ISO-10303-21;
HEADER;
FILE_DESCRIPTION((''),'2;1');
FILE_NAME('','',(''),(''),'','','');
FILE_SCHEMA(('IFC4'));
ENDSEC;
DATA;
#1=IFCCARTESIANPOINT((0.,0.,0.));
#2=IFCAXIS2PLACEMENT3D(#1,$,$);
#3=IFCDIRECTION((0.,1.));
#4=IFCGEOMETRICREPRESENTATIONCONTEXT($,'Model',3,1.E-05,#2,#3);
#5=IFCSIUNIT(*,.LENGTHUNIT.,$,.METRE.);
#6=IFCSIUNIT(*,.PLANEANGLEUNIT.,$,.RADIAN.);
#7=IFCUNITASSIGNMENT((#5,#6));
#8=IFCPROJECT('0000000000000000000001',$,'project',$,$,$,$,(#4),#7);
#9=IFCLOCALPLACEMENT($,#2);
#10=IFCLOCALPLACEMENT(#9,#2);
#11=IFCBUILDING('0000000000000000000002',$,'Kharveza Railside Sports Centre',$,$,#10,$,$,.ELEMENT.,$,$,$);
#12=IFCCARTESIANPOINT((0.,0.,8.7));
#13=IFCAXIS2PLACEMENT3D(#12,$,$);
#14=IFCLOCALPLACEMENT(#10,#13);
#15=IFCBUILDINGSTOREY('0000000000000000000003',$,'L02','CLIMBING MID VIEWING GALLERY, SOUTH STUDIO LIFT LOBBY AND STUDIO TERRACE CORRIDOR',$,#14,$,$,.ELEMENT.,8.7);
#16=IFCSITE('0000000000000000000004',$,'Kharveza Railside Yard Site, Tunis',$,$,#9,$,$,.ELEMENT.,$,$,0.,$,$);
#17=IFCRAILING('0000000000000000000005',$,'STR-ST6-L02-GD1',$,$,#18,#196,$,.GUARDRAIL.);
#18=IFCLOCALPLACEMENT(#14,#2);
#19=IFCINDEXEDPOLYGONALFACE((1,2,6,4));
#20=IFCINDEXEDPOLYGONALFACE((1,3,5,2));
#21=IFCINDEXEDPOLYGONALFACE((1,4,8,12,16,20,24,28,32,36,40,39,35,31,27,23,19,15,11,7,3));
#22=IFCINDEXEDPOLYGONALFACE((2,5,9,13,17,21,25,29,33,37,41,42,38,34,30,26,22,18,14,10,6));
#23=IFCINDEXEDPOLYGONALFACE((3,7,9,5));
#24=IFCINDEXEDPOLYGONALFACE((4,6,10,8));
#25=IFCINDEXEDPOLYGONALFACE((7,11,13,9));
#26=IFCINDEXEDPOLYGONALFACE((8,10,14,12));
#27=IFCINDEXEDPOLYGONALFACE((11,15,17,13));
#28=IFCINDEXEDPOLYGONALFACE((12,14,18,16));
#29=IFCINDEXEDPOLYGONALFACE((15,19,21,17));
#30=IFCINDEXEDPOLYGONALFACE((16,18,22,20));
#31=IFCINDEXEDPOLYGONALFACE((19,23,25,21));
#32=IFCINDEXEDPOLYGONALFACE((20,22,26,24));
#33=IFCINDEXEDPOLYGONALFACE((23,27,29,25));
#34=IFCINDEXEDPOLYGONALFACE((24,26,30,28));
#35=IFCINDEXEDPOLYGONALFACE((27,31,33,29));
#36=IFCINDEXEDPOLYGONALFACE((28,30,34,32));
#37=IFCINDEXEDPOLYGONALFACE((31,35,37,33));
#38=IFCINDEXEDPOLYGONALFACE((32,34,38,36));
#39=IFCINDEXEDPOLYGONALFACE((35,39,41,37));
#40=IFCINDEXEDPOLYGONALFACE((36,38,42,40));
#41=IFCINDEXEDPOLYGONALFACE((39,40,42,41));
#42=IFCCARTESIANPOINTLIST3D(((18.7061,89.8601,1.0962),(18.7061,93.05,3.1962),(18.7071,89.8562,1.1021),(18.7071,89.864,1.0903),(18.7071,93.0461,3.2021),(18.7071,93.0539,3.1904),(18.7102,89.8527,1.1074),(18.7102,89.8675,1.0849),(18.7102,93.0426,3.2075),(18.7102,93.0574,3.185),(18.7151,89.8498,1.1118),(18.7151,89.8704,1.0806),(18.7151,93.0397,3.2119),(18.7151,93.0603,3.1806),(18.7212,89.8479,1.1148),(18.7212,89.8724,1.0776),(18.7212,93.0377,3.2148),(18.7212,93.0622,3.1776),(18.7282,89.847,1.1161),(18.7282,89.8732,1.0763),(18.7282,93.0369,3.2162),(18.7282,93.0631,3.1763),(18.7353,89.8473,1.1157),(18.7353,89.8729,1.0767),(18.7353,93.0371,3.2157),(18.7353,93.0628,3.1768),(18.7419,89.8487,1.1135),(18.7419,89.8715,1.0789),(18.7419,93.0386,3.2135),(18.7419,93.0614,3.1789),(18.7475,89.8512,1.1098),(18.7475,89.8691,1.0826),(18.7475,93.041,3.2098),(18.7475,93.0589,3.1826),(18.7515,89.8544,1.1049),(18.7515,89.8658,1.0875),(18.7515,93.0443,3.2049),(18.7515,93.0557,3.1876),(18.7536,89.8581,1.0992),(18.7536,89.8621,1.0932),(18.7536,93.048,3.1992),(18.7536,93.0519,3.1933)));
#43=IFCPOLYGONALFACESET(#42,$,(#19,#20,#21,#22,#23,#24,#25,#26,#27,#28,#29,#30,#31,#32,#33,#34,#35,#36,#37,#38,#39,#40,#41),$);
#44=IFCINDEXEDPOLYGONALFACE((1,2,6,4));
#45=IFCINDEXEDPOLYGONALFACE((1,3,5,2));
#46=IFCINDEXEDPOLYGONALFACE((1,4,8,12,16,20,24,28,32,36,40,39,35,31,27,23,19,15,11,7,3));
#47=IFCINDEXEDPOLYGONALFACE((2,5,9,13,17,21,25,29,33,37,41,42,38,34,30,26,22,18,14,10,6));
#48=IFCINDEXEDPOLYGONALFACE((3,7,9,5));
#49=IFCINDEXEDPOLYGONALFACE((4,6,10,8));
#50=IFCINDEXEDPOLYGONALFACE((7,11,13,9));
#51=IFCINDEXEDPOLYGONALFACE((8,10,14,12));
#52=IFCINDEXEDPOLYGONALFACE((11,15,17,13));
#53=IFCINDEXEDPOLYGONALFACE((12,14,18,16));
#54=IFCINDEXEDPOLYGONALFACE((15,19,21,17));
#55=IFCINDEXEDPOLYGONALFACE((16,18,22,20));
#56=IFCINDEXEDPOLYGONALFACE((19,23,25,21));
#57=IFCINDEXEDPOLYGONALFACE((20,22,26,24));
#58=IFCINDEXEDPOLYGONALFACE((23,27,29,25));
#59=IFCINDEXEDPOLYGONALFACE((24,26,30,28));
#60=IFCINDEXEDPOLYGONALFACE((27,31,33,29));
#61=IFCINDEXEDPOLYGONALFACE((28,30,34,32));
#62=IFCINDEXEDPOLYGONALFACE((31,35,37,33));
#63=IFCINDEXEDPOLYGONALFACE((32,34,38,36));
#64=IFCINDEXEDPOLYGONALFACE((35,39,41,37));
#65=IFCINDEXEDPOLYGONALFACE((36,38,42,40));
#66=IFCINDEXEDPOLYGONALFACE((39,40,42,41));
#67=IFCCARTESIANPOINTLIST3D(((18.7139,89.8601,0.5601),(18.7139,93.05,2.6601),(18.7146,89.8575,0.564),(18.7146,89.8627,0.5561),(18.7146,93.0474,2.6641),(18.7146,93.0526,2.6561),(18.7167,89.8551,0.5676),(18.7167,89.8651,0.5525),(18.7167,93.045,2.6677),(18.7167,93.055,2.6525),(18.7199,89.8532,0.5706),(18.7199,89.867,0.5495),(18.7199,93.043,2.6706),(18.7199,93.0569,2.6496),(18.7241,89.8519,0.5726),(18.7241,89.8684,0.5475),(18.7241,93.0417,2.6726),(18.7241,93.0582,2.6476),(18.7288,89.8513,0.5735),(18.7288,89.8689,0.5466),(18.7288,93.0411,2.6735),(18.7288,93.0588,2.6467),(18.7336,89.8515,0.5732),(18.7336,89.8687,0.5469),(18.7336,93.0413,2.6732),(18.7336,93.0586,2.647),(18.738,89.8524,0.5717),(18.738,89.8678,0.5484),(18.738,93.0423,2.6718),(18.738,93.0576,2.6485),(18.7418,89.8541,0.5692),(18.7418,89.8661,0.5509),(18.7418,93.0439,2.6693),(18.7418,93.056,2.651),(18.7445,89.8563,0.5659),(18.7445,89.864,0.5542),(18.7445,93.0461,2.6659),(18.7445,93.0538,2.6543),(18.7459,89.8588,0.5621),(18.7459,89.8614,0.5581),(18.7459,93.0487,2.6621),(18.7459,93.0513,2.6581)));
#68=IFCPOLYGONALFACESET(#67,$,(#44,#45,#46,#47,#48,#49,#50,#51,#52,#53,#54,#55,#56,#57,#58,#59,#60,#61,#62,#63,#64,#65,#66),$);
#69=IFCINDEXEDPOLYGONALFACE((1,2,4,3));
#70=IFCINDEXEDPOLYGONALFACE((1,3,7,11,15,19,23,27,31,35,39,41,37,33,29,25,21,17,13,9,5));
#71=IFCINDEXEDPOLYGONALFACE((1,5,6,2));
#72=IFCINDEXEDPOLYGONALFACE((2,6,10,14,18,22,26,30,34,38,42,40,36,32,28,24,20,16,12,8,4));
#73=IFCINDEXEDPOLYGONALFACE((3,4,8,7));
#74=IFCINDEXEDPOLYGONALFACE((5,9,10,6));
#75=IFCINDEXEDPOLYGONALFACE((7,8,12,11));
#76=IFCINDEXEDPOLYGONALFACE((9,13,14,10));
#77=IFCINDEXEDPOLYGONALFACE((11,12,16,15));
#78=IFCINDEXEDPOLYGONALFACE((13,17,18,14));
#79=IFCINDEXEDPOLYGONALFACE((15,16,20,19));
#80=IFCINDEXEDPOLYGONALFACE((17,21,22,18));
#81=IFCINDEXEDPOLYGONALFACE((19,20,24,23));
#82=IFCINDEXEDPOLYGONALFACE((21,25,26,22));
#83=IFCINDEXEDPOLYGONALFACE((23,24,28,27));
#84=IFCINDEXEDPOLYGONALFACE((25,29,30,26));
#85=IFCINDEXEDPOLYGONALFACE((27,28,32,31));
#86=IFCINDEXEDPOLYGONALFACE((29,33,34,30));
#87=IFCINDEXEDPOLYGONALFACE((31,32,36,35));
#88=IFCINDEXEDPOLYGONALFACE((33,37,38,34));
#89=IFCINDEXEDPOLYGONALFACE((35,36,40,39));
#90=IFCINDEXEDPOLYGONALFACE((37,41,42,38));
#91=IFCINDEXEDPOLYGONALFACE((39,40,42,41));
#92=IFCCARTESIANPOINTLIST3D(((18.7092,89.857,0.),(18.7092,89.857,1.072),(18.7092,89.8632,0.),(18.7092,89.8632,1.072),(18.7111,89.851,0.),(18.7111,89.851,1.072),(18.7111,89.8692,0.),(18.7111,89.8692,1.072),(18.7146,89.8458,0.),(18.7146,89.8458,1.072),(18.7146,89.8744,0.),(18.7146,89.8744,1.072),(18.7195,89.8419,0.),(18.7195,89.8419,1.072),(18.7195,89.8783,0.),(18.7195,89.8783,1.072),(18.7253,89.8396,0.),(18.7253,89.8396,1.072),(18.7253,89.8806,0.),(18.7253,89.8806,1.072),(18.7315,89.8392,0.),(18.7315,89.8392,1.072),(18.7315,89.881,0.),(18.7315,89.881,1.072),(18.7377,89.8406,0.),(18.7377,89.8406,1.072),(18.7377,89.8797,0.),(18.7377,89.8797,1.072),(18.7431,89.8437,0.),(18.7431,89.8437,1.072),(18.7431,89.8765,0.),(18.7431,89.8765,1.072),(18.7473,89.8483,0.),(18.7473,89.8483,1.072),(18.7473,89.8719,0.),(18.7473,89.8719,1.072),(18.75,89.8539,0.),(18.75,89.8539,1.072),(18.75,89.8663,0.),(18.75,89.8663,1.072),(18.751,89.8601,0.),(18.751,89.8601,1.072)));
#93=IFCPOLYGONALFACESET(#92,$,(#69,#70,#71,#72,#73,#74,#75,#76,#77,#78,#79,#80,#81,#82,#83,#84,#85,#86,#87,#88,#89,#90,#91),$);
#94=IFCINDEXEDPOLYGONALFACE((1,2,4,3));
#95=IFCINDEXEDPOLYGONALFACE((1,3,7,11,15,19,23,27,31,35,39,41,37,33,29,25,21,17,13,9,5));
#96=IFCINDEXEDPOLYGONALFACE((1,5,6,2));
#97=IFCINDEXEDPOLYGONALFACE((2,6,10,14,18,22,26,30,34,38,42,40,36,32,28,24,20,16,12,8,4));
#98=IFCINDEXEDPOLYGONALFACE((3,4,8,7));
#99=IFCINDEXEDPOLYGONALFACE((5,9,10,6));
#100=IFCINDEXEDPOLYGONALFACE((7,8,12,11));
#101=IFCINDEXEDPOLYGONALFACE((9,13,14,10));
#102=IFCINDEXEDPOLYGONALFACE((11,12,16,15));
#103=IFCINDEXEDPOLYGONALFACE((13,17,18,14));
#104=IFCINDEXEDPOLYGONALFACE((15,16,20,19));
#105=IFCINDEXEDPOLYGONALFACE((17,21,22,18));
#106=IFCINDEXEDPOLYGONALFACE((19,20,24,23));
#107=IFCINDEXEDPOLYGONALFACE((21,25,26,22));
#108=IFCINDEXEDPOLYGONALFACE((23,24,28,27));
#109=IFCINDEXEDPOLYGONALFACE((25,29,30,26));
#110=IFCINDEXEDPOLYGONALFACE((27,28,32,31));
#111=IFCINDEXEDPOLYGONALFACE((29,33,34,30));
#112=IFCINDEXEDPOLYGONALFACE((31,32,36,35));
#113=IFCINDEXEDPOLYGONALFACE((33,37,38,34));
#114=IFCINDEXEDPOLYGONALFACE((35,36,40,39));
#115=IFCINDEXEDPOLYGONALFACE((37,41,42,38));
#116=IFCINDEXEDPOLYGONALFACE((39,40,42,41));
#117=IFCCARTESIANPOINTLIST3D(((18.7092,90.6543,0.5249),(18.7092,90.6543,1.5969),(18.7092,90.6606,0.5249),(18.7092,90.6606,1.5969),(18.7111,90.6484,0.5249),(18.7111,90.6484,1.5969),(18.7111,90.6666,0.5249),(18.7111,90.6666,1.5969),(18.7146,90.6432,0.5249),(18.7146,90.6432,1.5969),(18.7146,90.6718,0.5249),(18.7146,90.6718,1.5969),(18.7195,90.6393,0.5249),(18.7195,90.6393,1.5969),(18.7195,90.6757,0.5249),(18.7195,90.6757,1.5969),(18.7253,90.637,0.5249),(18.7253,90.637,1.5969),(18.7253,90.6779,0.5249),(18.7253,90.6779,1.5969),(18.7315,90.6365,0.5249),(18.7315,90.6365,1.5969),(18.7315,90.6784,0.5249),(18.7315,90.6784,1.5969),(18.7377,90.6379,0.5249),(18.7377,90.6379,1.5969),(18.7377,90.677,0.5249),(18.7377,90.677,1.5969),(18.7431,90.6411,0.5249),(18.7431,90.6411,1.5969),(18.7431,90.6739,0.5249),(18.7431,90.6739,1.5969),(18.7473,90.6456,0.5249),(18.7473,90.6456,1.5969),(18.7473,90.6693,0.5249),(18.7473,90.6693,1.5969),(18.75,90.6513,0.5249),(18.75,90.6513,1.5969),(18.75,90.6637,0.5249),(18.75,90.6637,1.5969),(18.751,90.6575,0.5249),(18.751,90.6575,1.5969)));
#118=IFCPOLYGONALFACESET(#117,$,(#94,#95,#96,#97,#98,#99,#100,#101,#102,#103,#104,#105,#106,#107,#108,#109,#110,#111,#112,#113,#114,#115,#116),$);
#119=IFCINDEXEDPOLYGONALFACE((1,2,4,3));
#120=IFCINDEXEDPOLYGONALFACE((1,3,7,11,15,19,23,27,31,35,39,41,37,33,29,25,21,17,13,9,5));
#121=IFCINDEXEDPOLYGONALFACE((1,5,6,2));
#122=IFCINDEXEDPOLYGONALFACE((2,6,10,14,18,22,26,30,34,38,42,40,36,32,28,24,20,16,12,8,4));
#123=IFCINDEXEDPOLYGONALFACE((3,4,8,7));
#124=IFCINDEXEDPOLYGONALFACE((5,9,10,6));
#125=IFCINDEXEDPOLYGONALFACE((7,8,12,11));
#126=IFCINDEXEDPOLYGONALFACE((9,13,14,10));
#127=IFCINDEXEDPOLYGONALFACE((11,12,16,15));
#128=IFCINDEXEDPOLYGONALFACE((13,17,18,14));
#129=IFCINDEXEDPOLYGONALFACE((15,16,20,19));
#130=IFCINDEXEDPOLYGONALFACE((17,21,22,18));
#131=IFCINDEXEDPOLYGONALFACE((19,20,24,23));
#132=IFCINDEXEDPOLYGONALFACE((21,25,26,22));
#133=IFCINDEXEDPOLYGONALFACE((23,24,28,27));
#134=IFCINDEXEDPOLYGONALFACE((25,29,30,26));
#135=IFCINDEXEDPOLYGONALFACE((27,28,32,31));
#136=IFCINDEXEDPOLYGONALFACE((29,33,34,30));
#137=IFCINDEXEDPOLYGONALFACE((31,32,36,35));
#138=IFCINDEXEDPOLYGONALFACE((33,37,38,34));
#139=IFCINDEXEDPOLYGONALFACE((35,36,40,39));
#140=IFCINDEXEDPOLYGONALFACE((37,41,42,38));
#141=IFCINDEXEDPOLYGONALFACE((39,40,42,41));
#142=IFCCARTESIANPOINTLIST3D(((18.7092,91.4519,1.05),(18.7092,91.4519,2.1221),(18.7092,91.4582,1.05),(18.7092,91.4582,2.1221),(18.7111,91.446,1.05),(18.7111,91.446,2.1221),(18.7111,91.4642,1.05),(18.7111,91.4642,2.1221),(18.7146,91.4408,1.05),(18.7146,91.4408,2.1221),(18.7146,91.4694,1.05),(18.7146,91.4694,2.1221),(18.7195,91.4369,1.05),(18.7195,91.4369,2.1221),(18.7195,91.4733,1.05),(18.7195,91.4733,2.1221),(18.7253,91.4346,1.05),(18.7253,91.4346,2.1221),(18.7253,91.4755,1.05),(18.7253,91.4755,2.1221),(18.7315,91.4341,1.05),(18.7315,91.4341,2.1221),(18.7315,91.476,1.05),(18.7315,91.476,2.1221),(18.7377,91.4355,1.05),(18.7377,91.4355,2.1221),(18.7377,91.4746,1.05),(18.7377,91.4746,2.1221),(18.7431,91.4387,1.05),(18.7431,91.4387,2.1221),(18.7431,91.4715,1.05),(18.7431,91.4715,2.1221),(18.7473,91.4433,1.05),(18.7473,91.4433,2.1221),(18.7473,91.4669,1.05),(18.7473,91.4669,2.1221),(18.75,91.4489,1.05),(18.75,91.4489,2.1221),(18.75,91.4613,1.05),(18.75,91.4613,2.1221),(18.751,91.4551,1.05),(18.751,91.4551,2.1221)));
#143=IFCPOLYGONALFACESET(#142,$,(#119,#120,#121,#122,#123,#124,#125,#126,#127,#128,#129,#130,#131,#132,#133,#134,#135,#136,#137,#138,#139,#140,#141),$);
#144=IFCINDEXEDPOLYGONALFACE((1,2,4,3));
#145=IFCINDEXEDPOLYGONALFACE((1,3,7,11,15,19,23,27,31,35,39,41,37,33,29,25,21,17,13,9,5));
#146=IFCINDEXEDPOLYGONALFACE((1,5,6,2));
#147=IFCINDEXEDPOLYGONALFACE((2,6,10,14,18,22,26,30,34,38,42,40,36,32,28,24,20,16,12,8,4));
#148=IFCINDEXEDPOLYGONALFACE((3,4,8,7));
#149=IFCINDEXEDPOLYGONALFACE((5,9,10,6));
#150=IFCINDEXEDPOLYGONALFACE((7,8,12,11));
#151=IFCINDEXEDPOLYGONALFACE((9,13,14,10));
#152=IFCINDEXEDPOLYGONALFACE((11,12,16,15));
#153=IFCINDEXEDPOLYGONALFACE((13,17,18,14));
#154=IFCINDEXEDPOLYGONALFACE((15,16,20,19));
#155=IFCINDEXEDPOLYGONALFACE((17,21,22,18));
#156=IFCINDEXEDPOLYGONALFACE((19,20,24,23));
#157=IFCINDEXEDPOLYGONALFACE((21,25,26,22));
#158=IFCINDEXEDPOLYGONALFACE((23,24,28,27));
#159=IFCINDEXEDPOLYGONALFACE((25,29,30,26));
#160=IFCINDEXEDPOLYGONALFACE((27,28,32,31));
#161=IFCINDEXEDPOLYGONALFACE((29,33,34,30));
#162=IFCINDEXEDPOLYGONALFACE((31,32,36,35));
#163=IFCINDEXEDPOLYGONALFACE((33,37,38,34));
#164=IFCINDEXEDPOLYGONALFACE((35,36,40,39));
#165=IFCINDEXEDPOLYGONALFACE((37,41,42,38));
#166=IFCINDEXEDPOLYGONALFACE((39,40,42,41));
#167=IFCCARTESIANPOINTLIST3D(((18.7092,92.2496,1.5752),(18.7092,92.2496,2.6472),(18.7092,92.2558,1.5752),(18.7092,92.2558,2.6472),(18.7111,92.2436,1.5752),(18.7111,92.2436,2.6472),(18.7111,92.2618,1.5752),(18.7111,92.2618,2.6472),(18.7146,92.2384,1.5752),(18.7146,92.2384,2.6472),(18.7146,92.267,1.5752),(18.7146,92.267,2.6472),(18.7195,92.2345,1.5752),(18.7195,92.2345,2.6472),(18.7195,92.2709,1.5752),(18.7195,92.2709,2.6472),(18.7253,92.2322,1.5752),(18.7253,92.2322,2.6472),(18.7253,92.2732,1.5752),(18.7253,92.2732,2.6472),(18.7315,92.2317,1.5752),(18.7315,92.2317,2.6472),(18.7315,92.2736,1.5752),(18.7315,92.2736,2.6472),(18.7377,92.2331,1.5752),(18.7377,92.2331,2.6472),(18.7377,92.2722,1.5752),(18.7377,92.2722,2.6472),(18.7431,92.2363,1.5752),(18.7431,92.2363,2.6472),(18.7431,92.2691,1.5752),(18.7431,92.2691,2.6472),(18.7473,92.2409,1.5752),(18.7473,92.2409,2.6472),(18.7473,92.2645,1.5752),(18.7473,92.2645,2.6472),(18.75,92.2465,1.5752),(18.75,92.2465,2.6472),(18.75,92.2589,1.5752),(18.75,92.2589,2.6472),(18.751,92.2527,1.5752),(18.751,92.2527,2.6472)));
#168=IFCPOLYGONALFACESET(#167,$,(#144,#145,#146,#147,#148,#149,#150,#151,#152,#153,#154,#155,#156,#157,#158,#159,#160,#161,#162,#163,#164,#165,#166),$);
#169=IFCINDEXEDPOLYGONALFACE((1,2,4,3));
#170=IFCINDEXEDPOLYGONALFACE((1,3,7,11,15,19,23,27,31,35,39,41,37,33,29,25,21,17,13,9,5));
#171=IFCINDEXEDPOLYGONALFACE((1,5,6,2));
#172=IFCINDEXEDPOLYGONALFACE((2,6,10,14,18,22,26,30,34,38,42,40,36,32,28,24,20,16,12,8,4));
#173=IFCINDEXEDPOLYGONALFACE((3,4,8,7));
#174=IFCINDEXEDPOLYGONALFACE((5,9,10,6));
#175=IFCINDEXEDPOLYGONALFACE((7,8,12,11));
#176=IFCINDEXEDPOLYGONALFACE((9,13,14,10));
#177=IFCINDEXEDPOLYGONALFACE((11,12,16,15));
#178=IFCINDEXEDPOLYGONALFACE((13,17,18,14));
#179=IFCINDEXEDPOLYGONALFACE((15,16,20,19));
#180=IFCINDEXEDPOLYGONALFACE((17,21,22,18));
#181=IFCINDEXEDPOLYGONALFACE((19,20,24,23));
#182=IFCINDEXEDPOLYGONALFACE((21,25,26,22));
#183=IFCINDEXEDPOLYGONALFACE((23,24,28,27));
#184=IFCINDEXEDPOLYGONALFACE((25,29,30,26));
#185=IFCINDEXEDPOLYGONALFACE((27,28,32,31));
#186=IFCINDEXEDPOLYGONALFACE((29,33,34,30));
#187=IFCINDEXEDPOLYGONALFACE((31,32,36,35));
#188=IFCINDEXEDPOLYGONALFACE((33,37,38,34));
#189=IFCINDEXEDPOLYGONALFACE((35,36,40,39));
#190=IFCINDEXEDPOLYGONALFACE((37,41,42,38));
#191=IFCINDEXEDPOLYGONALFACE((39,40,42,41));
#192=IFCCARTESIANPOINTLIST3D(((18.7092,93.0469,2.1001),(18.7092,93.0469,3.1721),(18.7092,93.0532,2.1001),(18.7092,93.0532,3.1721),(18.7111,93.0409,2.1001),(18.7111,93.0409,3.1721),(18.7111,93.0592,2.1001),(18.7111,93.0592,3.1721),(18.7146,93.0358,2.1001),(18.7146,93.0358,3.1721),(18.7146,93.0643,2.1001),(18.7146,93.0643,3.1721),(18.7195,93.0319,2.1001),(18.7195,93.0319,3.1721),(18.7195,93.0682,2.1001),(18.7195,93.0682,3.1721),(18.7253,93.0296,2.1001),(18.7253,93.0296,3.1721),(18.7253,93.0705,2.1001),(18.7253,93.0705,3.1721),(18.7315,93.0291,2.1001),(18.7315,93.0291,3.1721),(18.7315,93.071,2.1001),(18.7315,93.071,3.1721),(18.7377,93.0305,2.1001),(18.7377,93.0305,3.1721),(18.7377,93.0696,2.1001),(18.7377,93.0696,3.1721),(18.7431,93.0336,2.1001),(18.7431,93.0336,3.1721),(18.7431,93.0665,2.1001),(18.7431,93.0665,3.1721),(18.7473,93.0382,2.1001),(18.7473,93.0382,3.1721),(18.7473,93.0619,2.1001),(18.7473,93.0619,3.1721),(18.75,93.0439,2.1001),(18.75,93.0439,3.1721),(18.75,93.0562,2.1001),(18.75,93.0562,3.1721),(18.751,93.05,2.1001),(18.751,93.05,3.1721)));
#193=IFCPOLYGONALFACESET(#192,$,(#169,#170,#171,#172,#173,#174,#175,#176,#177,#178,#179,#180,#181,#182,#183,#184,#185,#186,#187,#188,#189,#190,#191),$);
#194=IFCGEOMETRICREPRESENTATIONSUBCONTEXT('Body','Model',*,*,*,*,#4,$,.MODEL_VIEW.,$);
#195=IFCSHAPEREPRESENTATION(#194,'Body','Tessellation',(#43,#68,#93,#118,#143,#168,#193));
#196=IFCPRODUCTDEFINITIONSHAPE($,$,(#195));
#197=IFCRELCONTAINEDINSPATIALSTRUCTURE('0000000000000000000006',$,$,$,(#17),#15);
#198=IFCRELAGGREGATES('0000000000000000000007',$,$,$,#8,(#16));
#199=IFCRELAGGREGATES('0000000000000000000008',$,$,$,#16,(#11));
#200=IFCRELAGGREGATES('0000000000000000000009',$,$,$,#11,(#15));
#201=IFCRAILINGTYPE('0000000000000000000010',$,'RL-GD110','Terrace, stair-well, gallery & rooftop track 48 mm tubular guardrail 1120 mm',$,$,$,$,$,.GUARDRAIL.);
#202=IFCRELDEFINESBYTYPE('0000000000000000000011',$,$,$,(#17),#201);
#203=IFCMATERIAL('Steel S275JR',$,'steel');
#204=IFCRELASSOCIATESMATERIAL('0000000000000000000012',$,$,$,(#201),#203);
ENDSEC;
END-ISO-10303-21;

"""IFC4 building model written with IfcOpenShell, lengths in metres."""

from ifc_helpers import new_model, si_unit, direction, frame, origin, origin_2d, place, context, subcontext, project, spatial, circle, extrude, material, type_object, element, save


model = new_model("IFC4")

# Units and contexts
model_context = context("Model", 3, precision=1e-05, world=origin(), true_north=direction((0.0, 1.0)))
body_context = subcontext(model_context, "Body", "Model", "MODEL_VIEW")
ifc_project = project(units=[si_unit("LENGTHUNIT", "METRE"), si_unit("PLANEANGLEUNIT", "RADIAN")], contexts=[model_context])

# Site, building, storey
site_placement = place(None, origin())
site = spatial("IfcSite", under=ifc_project, at=site_placement, Name="Kharveza Railside Yard Site, Tunis", CompositionType="ELEMENT", RefElevation=0.0)
building_placement = place(site_placement, origin())
building = spatial("IfcBuilding", under=site, at=building_placement, Name="Kharveza Railside Sports Centre", CompositionType="ELEMENT")
storey_placement = place(building_placement, frame((0.0, 0.0, 8.7)))
storey = spatial("IfcBuildingStorey", under=building, at=storey_placement, Name="L02", Description="CLIMBING MID VIEWING GALLERY, SOUTH STUDIO LIFT LOBBY AND STUDIO TERRACE CORRIDOR", CompositionType="ELEMENT", Elevation=8.7)

# Railing
ifc_material_1 = material(Name="Steel S275JR", Category="steel")
railing_type_1 = type_object("IfcRailingType", Name="RL-GD110", Description="Terrace, stair-well, gallery & rooftop track 48 mm tubular guardrail 1120 mm", PredefinedType="GUARDRAIL", material=ifc_material_1)
railing_1_placement = place(storey_placement, frame((18.73, 89.8601, 0.0)))
element("IfcRailing", 1, at=railing_1_placement, inside=storey, type_object=railing_type_1, Name="STR-ST6-L02-GD1", PredefinedType="GUARDRAIL", context=body_context, shape_type="SweptSolid", body=[
    extrude(circle(Radius=0.0239, at=origin_2d()), frame((0.0, 0.0, 1.0962), z_axis=(0.0, 0.835242, 0.549882), x_axis=(-1.0, 0.0, 0.0)), (0.0, 0.0, 1.0), 3.8191),
    extrude(circle(Radius=0.0161, at=origin_2d()), frame((0.0, 0.0, 0.5601), z_axis=(0.0, 0.835242, 0.549882), x_axis=(-1.0, 0.0, 0.0)), (0.0, 0.0, 1.0), 3.8191),
    extrude(circle(Radius=0.021, at=origin_2d()), origin(), (0.0, 0.0, 1.0), 1.072),
    extrude(circle(Radius=0.021, at=origin_2d()), frame((0.0, 0.7974, 0.5249)), (0.0, 0.0, 1.0), 1.072),
    extrude(circle(Radius=0.021, at=origin_2d()), frame((0.0, 1.595, 1.05)), (0.0, 0.0, 1.0), 1.072),
    extrude(circle(Radius=0.021, at=origin_2d()), frame((0.0, 2.3926, 1.5752)), (0.0, 0.0, 1.0), 1.072),
    extrude(circle(Radius=0.021, at=origin_2d()), frame((0.0, 3.1899, 2.1001)), (0.0, 0.0, 1.0), 1.072),
])

save(model, "model.ifc")
